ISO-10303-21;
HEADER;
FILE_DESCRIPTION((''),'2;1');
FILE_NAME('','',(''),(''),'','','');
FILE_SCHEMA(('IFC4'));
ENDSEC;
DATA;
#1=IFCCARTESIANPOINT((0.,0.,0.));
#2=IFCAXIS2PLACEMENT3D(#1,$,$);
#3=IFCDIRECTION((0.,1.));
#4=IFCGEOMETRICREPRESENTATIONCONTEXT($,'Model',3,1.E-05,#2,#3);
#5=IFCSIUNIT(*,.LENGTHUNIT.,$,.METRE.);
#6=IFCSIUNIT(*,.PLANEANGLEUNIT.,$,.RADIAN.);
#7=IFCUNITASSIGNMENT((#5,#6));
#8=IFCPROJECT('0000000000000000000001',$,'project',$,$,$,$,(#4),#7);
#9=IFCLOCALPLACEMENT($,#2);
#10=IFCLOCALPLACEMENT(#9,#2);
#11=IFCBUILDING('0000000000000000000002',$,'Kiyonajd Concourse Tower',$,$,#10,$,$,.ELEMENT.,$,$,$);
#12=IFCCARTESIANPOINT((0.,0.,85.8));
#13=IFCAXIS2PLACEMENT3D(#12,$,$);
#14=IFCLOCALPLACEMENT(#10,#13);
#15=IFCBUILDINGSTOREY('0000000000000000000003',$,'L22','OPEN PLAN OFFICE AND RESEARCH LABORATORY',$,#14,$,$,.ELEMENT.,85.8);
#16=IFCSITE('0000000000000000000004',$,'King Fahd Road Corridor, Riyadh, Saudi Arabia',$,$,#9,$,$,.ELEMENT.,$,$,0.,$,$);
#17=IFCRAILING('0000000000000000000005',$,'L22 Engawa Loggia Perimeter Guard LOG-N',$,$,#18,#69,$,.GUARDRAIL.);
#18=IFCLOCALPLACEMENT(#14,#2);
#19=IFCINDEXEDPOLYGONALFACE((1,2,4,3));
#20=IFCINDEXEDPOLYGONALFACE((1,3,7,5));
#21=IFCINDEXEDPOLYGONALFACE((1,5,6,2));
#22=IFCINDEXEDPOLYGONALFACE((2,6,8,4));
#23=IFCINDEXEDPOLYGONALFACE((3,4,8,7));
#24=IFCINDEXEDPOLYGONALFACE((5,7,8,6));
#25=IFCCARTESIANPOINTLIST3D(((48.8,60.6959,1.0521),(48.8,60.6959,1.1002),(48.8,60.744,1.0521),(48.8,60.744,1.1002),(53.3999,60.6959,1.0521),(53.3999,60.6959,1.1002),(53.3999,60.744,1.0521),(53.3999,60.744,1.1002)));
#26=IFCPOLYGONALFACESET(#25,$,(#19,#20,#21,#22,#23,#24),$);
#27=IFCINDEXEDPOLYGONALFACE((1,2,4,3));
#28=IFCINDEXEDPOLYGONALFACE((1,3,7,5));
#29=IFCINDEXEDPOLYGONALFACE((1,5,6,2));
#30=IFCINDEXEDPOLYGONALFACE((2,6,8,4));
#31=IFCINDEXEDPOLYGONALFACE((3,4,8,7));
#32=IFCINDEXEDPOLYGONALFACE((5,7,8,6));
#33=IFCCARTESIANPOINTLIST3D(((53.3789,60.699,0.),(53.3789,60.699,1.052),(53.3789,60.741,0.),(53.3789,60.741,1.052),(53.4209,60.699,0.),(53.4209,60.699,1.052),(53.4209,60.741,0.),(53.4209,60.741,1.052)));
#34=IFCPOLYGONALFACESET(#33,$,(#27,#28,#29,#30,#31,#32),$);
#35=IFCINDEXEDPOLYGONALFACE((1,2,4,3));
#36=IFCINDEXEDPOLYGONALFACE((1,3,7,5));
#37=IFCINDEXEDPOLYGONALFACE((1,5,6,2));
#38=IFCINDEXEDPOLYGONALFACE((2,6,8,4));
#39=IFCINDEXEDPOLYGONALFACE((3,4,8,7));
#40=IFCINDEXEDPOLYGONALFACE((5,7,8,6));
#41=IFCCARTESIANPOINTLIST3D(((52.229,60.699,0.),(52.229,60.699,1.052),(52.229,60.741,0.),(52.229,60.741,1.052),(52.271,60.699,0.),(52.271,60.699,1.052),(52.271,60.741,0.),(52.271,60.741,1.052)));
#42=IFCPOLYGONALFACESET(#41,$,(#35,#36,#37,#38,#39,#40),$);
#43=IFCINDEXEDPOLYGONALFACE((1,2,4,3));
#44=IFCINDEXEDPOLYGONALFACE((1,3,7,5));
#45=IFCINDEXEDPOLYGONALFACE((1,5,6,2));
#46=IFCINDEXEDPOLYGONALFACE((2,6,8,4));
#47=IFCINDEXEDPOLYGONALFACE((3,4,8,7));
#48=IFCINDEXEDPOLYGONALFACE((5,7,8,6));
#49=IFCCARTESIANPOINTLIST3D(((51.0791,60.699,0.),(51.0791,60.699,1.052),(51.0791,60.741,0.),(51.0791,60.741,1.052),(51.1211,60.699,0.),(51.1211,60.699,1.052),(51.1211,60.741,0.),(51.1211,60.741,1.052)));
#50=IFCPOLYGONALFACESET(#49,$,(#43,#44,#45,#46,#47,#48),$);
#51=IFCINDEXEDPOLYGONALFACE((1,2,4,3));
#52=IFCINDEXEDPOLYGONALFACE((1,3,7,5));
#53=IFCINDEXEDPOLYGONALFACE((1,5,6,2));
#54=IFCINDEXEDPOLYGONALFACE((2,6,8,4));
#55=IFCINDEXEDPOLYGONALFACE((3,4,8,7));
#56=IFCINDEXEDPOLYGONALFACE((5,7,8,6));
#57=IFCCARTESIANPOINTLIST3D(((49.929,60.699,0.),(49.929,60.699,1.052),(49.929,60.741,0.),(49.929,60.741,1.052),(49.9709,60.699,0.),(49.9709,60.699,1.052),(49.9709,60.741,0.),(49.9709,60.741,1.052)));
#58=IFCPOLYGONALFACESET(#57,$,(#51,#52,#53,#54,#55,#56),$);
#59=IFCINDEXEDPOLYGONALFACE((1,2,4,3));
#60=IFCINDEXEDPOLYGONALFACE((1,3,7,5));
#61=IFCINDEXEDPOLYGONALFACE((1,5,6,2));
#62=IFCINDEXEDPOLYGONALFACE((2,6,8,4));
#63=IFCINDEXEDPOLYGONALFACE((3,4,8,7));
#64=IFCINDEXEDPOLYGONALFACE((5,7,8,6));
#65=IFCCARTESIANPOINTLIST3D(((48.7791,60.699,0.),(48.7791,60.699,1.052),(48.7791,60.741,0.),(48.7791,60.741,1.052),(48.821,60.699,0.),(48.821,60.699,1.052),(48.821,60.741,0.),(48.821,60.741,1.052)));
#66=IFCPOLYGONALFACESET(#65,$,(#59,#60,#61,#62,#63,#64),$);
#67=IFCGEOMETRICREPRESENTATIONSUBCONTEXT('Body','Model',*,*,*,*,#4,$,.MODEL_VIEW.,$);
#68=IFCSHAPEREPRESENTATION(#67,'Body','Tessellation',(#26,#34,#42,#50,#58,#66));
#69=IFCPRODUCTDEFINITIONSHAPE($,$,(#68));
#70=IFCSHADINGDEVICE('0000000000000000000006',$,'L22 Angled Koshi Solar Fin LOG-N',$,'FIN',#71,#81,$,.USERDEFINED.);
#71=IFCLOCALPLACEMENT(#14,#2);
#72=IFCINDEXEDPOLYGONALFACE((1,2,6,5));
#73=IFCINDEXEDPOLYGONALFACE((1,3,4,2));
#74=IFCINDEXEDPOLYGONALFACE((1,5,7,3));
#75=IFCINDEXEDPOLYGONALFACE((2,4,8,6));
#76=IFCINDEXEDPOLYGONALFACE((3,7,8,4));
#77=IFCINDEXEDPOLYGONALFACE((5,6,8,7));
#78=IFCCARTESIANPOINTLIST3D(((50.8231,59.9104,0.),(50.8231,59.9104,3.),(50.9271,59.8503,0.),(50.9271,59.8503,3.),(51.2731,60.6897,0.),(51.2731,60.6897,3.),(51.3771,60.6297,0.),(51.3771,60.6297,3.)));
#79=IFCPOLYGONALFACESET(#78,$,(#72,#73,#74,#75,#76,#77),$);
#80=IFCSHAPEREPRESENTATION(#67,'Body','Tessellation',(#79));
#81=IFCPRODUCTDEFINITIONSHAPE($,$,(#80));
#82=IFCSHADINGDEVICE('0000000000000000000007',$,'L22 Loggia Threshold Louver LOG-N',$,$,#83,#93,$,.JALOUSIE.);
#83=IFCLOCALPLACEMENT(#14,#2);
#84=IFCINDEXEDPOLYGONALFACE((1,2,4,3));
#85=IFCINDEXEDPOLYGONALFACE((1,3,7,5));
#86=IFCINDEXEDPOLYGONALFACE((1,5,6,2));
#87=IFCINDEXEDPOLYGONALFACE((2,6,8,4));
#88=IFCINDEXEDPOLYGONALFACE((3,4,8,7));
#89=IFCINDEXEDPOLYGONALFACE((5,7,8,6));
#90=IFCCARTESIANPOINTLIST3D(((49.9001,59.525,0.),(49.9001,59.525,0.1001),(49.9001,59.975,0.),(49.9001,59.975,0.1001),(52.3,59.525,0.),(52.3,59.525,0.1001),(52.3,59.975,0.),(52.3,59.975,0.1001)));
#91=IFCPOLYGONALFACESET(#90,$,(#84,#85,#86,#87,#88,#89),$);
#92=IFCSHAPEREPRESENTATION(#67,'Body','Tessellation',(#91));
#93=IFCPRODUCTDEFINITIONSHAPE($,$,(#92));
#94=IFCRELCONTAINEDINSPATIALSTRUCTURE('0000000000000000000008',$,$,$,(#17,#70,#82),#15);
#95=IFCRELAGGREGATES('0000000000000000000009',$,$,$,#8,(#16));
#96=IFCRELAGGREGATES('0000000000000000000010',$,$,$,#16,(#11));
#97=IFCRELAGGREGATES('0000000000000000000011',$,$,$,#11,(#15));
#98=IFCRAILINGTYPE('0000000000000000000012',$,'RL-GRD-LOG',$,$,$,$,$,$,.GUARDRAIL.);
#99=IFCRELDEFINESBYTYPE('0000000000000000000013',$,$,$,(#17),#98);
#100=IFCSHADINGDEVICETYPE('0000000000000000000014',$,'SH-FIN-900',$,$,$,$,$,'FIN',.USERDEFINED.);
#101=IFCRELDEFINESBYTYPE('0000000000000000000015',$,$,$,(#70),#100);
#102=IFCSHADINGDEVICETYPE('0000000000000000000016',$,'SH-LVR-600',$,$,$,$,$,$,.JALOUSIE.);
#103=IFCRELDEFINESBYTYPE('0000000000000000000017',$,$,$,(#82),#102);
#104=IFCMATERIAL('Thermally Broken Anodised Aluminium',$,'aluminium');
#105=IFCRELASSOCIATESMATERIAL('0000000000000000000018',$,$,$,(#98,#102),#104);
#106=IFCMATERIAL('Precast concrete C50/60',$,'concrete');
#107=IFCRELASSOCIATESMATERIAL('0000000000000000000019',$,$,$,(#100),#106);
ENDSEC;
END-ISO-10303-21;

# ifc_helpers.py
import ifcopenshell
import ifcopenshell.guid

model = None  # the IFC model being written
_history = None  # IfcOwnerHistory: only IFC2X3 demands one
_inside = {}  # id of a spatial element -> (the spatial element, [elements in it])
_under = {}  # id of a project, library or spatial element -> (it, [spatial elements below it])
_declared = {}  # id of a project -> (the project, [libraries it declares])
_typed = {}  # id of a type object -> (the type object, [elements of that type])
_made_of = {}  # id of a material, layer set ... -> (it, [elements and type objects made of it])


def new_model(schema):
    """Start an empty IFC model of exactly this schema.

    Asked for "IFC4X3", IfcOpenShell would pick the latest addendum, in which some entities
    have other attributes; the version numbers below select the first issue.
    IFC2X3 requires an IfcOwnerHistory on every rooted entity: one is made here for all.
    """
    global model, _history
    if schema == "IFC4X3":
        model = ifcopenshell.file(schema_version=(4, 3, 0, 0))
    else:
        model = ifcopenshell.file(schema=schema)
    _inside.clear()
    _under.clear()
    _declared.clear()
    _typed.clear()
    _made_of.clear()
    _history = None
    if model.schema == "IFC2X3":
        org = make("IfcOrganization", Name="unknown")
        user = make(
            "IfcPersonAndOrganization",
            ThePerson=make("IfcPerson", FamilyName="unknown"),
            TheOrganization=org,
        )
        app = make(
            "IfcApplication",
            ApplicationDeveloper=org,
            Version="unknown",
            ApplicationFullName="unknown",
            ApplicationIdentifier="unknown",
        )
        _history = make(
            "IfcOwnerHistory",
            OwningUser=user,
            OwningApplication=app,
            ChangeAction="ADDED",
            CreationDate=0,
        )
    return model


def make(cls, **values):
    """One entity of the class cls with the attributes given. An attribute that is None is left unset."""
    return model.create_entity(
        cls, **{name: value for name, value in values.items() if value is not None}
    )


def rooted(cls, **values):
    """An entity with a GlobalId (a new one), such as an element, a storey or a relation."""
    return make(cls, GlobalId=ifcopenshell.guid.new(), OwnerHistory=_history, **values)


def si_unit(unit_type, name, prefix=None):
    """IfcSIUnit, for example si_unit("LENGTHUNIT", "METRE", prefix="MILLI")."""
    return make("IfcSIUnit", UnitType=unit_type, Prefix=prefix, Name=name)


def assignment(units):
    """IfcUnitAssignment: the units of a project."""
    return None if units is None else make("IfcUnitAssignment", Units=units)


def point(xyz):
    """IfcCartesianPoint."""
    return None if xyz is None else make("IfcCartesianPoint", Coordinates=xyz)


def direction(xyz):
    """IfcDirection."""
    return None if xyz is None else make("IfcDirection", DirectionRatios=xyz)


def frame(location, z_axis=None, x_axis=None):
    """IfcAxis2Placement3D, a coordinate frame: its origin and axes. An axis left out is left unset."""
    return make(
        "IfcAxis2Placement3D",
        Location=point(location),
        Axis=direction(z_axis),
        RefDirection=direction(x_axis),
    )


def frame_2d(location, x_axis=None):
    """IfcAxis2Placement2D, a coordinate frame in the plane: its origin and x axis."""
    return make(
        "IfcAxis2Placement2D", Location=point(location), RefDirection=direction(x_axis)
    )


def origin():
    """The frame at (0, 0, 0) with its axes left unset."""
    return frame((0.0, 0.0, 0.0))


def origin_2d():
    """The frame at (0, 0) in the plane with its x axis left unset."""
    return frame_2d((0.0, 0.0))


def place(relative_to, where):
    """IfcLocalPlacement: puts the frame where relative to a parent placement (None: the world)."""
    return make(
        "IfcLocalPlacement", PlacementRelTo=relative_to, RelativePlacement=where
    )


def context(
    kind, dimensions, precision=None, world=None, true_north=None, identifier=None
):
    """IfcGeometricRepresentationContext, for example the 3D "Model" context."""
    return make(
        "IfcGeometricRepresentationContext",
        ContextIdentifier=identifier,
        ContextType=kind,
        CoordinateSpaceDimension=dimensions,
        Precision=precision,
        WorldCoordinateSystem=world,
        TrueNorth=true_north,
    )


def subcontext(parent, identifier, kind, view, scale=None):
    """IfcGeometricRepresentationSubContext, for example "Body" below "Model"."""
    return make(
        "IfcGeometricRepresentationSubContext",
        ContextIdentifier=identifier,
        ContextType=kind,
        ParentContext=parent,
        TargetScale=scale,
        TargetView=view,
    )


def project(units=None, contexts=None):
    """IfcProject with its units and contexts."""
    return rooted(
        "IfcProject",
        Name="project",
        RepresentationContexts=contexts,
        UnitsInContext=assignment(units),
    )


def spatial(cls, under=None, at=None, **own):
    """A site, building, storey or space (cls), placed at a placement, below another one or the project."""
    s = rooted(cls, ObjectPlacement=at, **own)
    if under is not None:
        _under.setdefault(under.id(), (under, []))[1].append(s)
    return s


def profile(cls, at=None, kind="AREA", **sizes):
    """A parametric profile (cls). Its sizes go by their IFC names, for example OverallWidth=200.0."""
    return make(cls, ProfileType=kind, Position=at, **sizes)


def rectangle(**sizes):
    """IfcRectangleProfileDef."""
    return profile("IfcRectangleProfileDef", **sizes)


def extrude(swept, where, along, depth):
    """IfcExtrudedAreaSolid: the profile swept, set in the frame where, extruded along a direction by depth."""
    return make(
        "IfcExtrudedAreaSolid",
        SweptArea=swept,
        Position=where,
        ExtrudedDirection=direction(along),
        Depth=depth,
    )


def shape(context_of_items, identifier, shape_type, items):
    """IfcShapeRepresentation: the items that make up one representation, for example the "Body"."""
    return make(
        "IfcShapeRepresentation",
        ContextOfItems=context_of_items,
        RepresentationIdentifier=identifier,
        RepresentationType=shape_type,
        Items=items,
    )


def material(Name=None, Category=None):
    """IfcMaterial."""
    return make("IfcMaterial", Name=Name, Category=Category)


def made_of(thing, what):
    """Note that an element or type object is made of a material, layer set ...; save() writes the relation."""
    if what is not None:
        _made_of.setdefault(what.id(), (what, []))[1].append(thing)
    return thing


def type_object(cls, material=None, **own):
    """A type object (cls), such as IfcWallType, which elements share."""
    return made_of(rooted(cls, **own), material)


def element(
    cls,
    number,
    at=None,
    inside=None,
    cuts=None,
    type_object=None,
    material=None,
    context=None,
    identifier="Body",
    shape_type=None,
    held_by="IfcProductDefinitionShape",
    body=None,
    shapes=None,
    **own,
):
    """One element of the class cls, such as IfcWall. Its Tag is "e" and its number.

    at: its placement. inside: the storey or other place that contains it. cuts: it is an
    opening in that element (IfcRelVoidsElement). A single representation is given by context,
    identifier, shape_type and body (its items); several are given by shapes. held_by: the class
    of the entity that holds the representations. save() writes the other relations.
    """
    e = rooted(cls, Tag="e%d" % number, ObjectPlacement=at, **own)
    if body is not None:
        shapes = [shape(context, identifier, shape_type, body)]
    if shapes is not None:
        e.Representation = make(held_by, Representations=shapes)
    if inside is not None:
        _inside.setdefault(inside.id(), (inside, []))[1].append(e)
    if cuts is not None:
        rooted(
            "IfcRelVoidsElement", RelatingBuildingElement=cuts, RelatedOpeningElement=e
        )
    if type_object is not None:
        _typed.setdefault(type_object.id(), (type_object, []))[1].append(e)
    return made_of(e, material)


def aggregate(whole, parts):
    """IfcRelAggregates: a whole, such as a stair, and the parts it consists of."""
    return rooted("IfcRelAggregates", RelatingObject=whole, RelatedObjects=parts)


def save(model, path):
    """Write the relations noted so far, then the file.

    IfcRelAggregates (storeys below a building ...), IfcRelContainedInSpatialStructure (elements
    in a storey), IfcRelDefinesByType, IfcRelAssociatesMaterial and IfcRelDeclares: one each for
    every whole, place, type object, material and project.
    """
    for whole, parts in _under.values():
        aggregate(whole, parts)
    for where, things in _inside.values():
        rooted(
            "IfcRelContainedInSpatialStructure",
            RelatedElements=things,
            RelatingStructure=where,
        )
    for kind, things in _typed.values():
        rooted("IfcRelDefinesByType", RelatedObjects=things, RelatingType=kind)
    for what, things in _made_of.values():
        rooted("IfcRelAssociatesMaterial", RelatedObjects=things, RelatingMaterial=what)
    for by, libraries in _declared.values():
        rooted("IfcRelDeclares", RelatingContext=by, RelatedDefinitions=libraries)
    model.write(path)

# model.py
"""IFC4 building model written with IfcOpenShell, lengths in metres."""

from ifc_helpers import new_model, si_unit, direction, frame, origin, origin_2d, place, context, subcontext, project, spatial, rectangle, extrude, material, type_object, element, save


model = new_model("IFC4")

# Units and contexts
model_context = context("Model", 3, precision=1e-05, world=origin(), true_north=direction((0.0, 1.0)))
body_context = subcontext(model_context, "Body", "Model", "MODEL_VIEW")
ifc_project = project(units=[si_unit("LENGTHUNIT", "METRE"), si_unit("PLANEANGLEUNIT", "RADIAN")], contexts=[model_context])

# Site, building, storey
site_placement = place(None, origin())
site = spatial("IfcSite", under=ifc_project, at=site_placement, Name="King Fahd Road Corridor, Riyadh, Saudi Arabia", CompositionType="ELEMENT", RefElevation=0.0)
building_placement = place(site_placement, origin())
building = spatial("IfcBuilding", under=site, at=building_placement, Name="Kiyonajd Concourse Tower", CompositionType="ELEMENT")
storey_placement = place(building_placement, frame((0.0, 0.0, 85.8)))
storey = spatial("IfcBuildingStorey", under=building, at=storey_placement, Name="L22", Description="OPEN PLAN OFFICE AND RESEARCH LABORATORY", CompositionType="ELEMENT", Elevation=85.8)

# Shared definitions
ifc_material_1 = material(Name="Precast concrete C50/60", Category="concrete")

# Shared definitions
ifc_material_2 = material(Name="Thermally Broken Anodised Aluminium", Category="aluminium")

# Railing
railing_type = type_object("IfcRailingType", Name="RL-GRD-LOG", PredefinedType="GUARDRAIL", material=ifc_material_2)
railing_placement = place(storey_placement, frame((53.3999, 60.72, 0.0)))
element("IfcRailing", 1, at=railing_placement, inside=storey, type_object=railing_type, Name="L22 Engawa Loggia Perimeter Guard LOG-N", PredefinedType="GUARDRAIL", context=body_context, shape_type="SweptSolid", body=[
    extrude(rectangle(XDim=0.0481, YDim=0.0481, at=origin_2d()), frame((0.0, 0.0, 1.0762), z_axis=(-1.0, 0.0, 0.0), x_axis=(0.0, -1.0, 0.0)), (0.0, 0.0, 1.0), 4.5999),
    extrude(rectangle(XDim=0.042, YDim=0.042, at=origin_2d()), origin(), (0.0, 0.0, 1.0), 1.052),
    extrude(rectangle(XDim=0.042, YDim=0.042, at=origin_2d()), frame((-1.1499, 0.0, 0.0)), (0.0, 0.0, 1.0), 1.052),
    extrude(rectangle(XDim=0.042, YDim=0.042, at=origin_2d()), frame((-2.2998, 0.0, 0.0)), (0.0, 0.0, 1.0), 1.052),
    extrude(rectangle(XDim=0.042, YDim=0.042, at=origin_2d()), frame((-3.45, 0.0, 0.0)), (0.0, 0.0, 1.0), 1.052),
    extrude(rectangle(XDim=0.042, YDim=0.042, at=origin_2d()), frame((-4.5999, 0.0, 0.0)), (0.0, 0.0, 1.0), 1.052),
])

# Shading devices
shading_device_type_1 = type_object("IfcShadingDeviceType", Name="SH-FIN-900", ElementType="FIN", PredefinedType="USERDEFINED", material=ifc_material_1)
shading_device_1_placement = place(storey_placement, frame((51.1001, 60.27, 0.0), z_axis=(0.0, 0.0, 1.0), x_axis=(0.5, 0.866025, 0.0)))
element("IfcShadingDevice", 2, at=shading_device_1_placement, inside=storey, type_object=shading_device_type_1, Name="L22 Angled Koshi Solar Fin LOG-N", ObjectType="FIN", PredefinedType="USERDEFINED", context=body_context, shape_type="SweptSolid", body=[
    extrude(rectangle(XDim=0.8999, YDim=0.1201, at=origin_2d()), origin(), (0.0, 0.0, 1.0), 3.0),
])
shading_device_type_2 = type_object("IfcShadingDeviceType", Name="SH-LVR-600", PredefinedType="JALOUSIE", material=ifc_material_2)
shading_device_2_placement = place(storey_placement, frame((51.1001, 59.75, 0.0), z_axis=(0.0, 0.0, 1.0), x_axis=(1.0, 0.0, 0.0)))
element("IfcShadingDevice", 3, at=shading_device_2_placement, inside=storey, type_object=shading_device_type_2, Name="L22 Loggia Threshold Louver LOG-N", PredefinedType="JALOUSIE", context=body_context, shape_type="SweptSolid", body=[
    extrude(rectangle(XDim=2.3999, YDim=0.45, at=origin_2d()), origin(), (0.0, 0.0, 1.0), 0.1001),
])

save(model, "model.ifc")
